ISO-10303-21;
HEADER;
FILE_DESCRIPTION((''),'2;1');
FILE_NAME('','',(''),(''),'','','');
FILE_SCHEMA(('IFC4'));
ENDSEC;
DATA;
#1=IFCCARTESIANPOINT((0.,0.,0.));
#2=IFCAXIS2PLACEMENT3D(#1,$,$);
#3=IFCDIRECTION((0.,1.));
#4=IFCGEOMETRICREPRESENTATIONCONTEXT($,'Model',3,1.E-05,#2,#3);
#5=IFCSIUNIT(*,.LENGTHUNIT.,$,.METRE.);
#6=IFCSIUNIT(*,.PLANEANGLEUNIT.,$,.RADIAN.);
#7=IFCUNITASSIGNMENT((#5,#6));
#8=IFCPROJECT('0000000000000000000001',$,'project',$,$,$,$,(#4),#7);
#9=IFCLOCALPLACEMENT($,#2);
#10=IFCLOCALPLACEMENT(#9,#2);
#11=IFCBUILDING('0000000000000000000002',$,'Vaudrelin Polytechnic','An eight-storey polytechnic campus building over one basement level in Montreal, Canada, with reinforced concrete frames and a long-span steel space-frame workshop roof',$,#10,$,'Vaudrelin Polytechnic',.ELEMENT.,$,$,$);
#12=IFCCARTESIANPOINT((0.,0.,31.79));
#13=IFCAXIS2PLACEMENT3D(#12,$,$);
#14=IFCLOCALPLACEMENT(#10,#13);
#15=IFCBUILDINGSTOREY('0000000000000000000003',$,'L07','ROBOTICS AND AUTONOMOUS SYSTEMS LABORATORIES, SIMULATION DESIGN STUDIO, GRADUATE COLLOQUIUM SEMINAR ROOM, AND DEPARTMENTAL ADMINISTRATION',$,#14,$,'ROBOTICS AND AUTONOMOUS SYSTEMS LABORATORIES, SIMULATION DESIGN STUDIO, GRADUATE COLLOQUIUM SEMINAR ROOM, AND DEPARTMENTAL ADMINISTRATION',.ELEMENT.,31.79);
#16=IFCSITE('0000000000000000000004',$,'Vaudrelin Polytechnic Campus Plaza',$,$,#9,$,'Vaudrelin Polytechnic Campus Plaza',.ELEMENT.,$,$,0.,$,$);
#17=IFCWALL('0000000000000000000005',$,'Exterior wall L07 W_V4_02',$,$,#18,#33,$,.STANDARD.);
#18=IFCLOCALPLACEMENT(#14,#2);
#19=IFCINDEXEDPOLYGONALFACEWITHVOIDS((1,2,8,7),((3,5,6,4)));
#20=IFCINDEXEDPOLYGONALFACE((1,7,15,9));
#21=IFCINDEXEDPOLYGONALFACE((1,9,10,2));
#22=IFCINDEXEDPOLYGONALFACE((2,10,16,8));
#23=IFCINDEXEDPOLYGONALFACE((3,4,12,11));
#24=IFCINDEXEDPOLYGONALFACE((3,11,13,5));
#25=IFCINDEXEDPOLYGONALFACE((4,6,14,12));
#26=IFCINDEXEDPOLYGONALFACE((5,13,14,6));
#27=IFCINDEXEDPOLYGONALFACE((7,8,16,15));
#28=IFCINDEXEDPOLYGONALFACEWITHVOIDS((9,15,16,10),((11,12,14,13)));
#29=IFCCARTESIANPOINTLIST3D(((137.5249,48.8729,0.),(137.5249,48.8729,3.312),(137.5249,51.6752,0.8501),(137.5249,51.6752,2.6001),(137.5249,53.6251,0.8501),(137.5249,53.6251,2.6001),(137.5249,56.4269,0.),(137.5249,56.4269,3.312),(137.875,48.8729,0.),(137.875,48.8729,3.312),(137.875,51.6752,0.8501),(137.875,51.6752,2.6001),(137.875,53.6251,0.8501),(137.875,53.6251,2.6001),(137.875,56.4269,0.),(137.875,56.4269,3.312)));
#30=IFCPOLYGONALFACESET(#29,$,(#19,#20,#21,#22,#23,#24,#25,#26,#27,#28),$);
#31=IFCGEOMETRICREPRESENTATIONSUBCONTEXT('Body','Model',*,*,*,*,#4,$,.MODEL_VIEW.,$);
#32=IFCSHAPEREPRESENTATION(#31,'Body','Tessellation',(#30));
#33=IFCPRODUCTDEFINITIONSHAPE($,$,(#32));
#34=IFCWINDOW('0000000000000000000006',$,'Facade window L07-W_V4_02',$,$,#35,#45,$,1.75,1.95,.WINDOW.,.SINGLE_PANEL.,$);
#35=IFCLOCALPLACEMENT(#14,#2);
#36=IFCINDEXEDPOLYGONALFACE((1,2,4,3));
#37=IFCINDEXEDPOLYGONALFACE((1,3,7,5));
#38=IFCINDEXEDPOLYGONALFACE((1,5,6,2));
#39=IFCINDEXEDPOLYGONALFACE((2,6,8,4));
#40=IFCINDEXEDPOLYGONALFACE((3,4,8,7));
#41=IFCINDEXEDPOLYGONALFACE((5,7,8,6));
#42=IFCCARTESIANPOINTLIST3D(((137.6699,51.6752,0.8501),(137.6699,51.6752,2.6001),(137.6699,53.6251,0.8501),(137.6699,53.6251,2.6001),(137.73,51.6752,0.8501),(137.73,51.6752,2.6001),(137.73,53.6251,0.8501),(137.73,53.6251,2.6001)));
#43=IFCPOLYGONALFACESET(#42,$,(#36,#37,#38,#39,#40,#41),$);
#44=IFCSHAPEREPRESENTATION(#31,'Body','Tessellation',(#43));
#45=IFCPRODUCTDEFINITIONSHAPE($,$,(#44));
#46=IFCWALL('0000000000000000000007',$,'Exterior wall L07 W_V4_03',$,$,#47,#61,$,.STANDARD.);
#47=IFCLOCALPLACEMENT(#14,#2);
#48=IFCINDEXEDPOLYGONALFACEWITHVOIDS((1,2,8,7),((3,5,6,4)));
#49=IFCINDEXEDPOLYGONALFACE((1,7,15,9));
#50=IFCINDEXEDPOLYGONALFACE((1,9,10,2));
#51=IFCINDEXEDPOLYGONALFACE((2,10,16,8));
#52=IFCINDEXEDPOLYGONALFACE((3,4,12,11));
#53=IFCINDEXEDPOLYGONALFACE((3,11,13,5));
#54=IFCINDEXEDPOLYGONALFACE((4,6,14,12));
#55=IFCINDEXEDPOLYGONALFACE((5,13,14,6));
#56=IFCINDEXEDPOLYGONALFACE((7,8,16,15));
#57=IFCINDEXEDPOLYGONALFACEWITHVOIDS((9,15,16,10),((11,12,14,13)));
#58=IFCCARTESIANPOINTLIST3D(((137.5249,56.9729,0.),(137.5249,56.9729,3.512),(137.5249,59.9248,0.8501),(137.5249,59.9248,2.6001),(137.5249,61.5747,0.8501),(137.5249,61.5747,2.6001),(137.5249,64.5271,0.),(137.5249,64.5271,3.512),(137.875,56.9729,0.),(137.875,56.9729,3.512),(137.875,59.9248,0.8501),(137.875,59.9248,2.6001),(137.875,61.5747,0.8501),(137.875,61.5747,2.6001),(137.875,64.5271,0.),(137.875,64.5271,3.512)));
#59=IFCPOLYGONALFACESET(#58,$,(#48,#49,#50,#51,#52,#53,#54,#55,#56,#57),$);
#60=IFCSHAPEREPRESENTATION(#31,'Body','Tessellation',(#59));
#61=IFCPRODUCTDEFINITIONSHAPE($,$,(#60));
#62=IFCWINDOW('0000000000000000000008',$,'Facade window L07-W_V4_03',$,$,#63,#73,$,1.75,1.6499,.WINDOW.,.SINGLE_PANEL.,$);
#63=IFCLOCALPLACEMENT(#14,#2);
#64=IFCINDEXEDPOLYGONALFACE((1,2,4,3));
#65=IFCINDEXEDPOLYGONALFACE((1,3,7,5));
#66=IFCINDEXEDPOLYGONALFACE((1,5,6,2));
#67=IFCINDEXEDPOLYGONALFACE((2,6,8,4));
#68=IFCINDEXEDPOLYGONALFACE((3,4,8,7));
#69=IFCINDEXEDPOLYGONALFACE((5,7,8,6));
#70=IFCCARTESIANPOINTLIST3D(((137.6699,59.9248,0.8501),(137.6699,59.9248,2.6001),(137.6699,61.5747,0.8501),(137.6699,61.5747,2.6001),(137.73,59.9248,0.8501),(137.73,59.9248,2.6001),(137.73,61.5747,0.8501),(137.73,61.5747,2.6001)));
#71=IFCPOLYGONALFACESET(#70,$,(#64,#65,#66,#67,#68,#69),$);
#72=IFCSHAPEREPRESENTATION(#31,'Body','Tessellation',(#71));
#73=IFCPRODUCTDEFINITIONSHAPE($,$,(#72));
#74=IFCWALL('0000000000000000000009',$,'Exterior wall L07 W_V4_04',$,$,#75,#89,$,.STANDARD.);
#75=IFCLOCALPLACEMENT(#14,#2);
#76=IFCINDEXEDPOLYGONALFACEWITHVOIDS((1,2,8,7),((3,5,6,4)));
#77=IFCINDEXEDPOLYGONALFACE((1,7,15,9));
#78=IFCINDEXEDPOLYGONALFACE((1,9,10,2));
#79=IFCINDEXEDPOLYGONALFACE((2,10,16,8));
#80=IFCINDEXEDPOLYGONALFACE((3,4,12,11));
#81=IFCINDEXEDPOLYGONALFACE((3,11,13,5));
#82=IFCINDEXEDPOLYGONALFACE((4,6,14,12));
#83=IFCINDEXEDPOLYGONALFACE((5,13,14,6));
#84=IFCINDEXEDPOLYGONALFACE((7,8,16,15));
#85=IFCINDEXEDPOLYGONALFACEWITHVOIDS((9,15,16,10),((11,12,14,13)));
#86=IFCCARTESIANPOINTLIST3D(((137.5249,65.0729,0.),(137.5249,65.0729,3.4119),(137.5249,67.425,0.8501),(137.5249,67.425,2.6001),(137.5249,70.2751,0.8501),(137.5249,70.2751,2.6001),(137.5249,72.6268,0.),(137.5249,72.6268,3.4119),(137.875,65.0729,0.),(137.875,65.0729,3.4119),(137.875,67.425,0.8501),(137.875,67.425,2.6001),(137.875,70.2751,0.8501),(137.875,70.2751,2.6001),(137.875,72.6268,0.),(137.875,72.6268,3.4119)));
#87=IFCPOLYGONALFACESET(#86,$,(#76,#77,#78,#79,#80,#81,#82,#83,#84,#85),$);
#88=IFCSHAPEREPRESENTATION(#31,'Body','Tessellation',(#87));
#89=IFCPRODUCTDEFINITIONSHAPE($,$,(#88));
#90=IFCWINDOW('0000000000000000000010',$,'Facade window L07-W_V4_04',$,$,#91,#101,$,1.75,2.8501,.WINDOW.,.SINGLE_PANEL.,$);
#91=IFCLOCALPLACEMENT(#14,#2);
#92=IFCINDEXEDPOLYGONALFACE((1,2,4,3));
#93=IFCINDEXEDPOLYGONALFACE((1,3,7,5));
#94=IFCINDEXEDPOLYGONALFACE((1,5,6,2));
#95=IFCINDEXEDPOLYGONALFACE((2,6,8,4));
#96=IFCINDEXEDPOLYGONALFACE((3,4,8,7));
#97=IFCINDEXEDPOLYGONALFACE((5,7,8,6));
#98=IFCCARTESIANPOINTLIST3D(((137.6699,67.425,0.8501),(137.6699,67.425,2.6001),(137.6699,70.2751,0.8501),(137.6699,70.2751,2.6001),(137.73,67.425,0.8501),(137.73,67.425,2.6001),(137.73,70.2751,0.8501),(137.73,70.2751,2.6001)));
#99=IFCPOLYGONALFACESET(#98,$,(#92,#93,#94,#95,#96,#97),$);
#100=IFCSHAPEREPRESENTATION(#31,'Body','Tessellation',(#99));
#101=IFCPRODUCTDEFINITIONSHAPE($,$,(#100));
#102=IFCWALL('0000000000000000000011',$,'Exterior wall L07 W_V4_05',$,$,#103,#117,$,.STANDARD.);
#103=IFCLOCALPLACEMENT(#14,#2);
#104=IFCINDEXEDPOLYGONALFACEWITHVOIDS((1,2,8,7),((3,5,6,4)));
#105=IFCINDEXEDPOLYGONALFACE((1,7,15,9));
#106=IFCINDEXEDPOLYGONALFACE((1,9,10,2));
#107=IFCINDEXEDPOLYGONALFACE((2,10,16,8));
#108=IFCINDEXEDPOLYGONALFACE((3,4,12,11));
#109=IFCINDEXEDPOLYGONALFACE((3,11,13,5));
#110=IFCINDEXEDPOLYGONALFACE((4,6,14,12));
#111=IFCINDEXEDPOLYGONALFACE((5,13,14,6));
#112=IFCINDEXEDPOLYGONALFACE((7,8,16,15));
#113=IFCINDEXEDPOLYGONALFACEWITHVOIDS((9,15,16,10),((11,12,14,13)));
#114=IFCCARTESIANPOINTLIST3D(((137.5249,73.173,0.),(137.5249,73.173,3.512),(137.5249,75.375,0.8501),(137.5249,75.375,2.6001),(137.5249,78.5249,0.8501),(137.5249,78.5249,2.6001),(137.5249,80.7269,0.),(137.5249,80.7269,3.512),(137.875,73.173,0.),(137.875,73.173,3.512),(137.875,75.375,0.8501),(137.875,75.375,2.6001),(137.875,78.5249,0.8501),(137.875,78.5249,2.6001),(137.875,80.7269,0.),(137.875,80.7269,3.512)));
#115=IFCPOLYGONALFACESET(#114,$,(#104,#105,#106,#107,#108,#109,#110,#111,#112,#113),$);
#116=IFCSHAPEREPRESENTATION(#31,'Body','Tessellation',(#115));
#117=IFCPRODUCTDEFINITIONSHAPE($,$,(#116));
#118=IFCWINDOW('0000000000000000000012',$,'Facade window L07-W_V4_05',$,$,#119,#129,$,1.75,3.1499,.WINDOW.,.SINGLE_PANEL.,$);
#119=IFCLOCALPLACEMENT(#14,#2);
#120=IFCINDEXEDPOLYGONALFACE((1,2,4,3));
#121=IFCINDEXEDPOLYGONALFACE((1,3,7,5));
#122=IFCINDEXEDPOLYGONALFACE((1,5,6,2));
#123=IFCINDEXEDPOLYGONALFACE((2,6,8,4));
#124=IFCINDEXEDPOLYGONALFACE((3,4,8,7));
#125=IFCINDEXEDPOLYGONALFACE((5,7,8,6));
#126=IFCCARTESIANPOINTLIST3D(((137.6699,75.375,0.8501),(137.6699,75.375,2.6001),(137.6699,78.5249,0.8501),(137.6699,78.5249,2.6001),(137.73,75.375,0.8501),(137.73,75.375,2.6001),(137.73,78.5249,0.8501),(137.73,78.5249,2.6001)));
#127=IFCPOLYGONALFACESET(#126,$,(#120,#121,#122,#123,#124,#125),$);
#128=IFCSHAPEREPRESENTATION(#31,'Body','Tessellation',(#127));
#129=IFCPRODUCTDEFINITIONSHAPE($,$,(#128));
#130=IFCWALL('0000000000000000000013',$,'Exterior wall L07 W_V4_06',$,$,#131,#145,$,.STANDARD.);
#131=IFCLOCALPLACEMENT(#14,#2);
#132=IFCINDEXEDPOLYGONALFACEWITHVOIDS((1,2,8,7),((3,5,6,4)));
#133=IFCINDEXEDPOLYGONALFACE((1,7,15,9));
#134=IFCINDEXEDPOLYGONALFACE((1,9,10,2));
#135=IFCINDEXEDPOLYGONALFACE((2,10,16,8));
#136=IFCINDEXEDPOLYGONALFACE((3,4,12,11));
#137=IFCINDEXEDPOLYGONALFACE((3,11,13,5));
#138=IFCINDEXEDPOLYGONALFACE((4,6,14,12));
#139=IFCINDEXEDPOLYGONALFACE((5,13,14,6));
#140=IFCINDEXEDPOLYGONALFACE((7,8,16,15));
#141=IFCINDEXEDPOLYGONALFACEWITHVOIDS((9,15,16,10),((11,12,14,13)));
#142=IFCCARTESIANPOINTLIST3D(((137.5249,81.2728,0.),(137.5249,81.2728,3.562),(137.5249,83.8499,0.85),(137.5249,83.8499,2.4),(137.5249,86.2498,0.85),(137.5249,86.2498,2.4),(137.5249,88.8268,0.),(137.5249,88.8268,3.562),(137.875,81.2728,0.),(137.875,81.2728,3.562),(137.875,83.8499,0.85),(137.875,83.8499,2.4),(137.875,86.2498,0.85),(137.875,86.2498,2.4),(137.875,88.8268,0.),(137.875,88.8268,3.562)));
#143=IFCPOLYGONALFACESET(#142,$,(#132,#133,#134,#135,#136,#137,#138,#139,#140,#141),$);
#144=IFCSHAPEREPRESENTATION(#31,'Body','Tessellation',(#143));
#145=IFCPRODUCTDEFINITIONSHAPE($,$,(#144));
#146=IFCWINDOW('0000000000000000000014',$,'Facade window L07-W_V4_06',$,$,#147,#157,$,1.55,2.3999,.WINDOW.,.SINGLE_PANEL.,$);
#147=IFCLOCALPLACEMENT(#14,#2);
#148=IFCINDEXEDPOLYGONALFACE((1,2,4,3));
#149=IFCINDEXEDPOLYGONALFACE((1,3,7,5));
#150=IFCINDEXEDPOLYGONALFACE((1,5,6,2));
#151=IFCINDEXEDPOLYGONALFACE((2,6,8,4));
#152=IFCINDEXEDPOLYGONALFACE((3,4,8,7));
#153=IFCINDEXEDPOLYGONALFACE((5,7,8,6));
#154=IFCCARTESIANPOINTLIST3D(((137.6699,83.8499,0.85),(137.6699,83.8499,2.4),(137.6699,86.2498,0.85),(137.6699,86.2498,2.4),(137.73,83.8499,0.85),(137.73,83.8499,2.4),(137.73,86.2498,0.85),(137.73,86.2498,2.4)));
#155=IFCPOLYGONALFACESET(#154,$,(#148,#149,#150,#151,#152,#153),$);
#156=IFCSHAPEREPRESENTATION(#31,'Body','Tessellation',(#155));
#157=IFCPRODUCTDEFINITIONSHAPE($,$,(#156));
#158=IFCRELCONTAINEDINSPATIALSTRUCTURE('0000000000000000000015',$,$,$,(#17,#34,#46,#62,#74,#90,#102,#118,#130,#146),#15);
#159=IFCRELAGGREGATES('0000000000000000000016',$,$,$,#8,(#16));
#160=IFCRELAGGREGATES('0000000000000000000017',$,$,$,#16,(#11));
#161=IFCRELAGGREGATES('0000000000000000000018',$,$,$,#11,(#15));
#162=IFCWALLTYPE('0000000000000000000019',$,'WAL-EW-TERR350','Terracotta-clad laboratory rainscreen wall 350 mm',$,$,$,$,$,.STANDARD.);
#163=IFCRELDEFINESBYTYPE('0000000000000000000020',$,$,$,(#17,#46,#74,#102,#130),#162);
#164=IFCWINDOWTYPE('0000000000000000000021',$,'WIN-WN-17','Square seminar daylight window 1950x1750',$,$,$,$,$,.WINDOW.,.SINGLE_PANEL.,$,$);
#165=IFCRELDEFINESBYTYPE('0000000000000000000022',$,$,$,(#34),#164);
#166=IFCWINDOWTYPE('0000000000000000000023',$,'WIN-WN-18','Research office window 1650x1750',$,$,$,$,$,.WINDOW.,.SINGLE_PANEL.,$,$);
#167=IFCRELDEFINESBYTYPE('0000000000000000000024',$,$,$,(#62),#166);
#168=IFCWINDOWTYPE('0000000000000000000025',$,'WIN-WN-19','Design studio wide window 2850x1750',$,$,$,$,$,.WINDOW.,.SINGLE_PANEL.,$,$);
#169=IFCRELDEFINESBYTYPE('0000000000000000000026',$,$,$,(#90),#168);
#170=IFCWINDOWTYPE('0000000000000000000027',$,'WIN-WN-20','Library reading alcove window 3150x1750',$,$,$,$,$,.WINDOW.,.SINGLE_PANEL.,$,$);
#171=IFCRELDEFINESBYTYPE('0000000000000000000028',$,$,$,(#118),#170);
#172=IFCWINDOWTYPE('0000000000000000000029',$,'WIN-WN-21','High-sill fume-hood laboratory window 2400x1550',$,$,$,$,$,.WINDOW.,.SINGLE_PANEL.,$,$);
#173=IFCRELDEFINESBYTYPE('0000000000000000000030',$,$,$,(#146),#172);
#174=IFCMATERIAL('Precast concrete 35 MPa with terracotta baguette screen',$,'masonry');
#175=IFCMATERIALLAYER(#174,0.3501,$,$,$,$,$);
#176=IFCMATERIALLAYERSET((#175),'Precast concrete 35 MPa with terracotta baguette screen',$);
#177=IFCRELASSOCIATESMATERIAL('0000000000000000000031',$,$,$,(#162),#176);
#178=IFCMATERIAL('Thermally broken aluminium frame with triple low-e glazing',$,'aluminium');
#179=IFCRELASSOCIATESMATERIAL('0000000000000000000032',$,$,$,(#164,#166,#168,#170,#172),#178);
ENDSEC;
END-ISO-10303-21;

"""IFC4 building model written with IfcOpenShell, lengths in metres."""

from ifc_helpers import new_model, si_unit, direction, frame, frame_2d, origin, place, context, subcontext, project, spatial, rectangle, extrude, material, layer, layer_set, type_object, element, fill, save


model = new_model("IFC4")

# Units and contexts
model_context = context("Model", 3, precision=1e-05, world=origin(), true_north=direction((0.0, 1.0)))
body_context = subcontext(model_context, "Body", "Model", "MODEL_VIEW")
ifc_project = project(units=[si_unit("LENGTHUNIT", "METRE"), si_unit("PLANEANGLEUNIT", "RADIAN")], contexts=[model_context])

# Site, building, storey
site_placement = place(None, origin())
site = spatial("IfcSite", under=ifc_project, at=site_placement, Name="Vaudrelin Polytechnic Campus Plaza", LongName="Vaudrelin Polytechnic Campus Plaza", CompositionType="ELEMENT", RefElevation=0.0)
building_placement = place(site_placement, origin())
building = spatial("IfcBuilding", under=site, at=building_placement, Name="Vaudrelin Polytechnic", Description="An eight-storey polytechnic campus building over one basement level in Montreal, Canada, with reinforced concrete frames and a long-span steel space-frame workshop roof", LongName="Vaudrelin Polytechnic", CompositionType="ELEMENT")
storey_placement = place(building_placement, frame((0.0, 0.0, 31.79)))
storey = spatial("IfcBuildingStorey", under=building, at=storey_placement, Name="L07", Description="ROBOTICS AND AUTONOMOUS SYSTEMS LABORATORIES, SIMULATION DESIGN STUDIO, GRADUATE COLLOQUIUM SEMINAR ROOM, AND DEPARTMENTAL ADMINISTRATION", LongName="ROBOTICS AND AUTONOMOUS SYSTEMS LABORATORIES, SIMULATION DESIGN STUDIO, GRADUATE COLLOQUIUM SEMINAR ROOM, AND DEPARTMENTAL ADMINISTRATION", CompositionType="ELEMENT", Elevation=31.79)

# Walls, openings, windows
ifc_material_1 = material(Name="Precast concrete 35 MPa with terracotta baguette screen", Category="masonry")
ifc_layer = layer(ifc_material_1, 0.3501)
ifc_layer_set = layer_set([ifc_layer], Name="Precast concrete 35 MPa with terracotta baguette screen")
wall_type = type_object("IfcWallType", Name="WAL-EW-TERR350", Description="Terracotta-clad laboratory rainscreen wall 350 mm", PredefinedType="STANDARD", material=ifc_layer_set)
ifc_material_2 = material(Name="Thermally broken aluminium frame with triple low-e glazing", Category="aluminium")
wall_1_placement = place(storey_placement, frame((137.7, 48.873, 0.0), z_axis=(0.0, 0.0, 1.0), x_axis=(0.0, 1.0, 0.0)))
wall_1 = element("IfcWall", 1, at=wall_1_placement, inside=storey, type_object=wall_type, Name="Exterior wall L07 W_V4_02", PredefinedType="STANDARD", context=body_context, shape_type="SweptSolid", body=[
    extrude(rectangle(XDim=7.554, YDim=0.3501, at=frame_2d((3.7769, 0.0))), origin(), (0.0, 0.0, 1.0), 3.312),
])
opening_1_placement = place(wall_1_placement, frame((2.802, 0.0, 0.8501)))
opening_1 = element("IfcOpeningElement", 2, at=opening_1_placement, cuts=wall_1, PredefinedType="OPENING", context=body_context, shape_type="SweptSolid", body=[
    extrude(rectangle(XDim=1.95, YDim=1.75, at=frame_2d((0.9751, 0.875))), frame((0.0, 0.1851, 0.0), z_axis=(0.0, -1.0, 0.0), x_axis=(1.0, 0.0, 0.0)), (0.0, 0.0, 1.0), 0.3701),
])
window_type_1 = type_object("IfcWindowType", Name="WIN-WN-17", Description="Square seminar daylight window 1950x1750", PartitioningType="SINGLE_PANEL", PredefinedType="WINDOW", material=ifc_material_2)
window_1_placement = place(opening_1_placement, origin())
window_1 = element("IfcWindow", 3, at=window_1_placement, inside=storey, type_object=window_type_1, Name="Facade window L07-W_V4_02", OverallHeight=1.75, OverallWidth=1.95, PartitioningType="SINGLE_PANEL", PredefinedType="WINDOW", context=body_context, shape_type="SweptSolid", body=[
    extrude(rectangle(XDim=1.95, YDim=1.75, at=frame_2d((0.9751, 0.875))), frame((0.0, 0.03, 0.0), z_axis=(0.0, -1.0, 0.0), x_axis=(1.0, 0.0, 0.0)), (0.0, 0.0, 1.0), 0.0601),
])
fill(opening_1, window_1)
wall_2_placement = place(storey_placement, frame((137.7, 56.9729, 0.0), z_axis=(0.0, 0.0, 1.0), x_axis=(0.0, 1.0, 0.0)))
wall_2 = element("IfcWall", 4, at=wall_2_placement, inside=storey, type_object=wall_type, Name="Exterior wall L07 W_V4_03", PredefinedType="STANDARD", context=body_context, shape_type="SweptSolid", body=[
    extrude(rectangle(XDim=7.5542, YDim=0.3501, at=frame_2d((3.7771, 0.0))), origin(), (0.0, 0.0, 1.0), 3.512),
])
opening_2_placement = place(wall_2_placement, frame((2.9519, 0.0, 0.8501)))
opening_2 = element("IfcOpeningElement", 5, at=opening_2_placement, cuts=wall_2, PredefinedType="OPENING", context=body_context, shape_type="SweptSolid", body=[
    extrude(rectangle(XDim=1.6499, YDim=1.75, at=frame_2d((0.825, 0.875))), frame((0.0, 0.1851, 0.0), z_axis=(0.0, -1.0, 0.0), x_axis=(1.0, 0.0, 0.0)), (0.0, 0.0, 1.0), 0.3701),
])
window_type_2 = type_object("IfcWindowType", Name="WIN-WN-18", Description="Research office window 1650x1750", PartitioningType="SINGLE_PANEL", PredefinedType="WINDOW", material=ifc_material_2)
window_2_placement = place(opening_2_placement, origin())
window_2 = element("IfcWindow", 6, at=window_2_placement, inside=storey, type_object=window_type_2, Name="Facade window L07-W_V4_03", OverallHeight=1.75, OverallWidth=1.6499, PartitioningType="SINGLE_PANEL", PredefinedType="WINDOW", context=body_context, shape_type="SweptSolid", body=[
    extrude(rectangle(XDim=1.6499, YDim=1.75, at=frame_2d((0.825, 0.875))), frame((0.0, 0.03, 0.0), z_axis=(0.0, -1.0, 0.0), x_axis=(1.0, 0.0, 0.0)), (0.0, 0.0, 1.0), 0.0601),
])
fill(opening_2, window_2)
wall_3_placement = place(storey_placement, frame((137.7, 65.073, 0.0), z_axis=(0.0, 0.0, 1.0), x_axis=(0.0, 1.0, 0.0)))
wall_3 = element("IfcWall", 7, at=wall_3_placement, inside=storey, type_object=wall_type, Name="Exterior wall L07 W_V4_04", PredefinedType="STANDARD", context=body_context, shape_type="SweptSolid", body=[
    extrude(rectangle(XDim=7.554, YDim=0.3501, at=frame_2d((3.7769, 0.0))), origin(), (0.0, 0.0, 1.0), 3.4119),
])
opening_3_placement = place(wall_3_placement, frame((2.3521, 0.0, 0.8501)))
opening_3 = element("IfcOpeningElement", 8, at=opening_3_placement, cuts=wall_3, PredefinedType="OPENING", context=body_context, shape_type="SweptSolid", body=[
    extrude(rectangle(XDim=2.8501, YDim=1.75, at=frame_2d((1.425, 0.875))), frame((0.0, 0.1851, 0.0), z_axis=(0.0, -1.0, 0.0), x_axis=(1.0, 0.0, 0.0)), (0.0, 0.0, 1.0), 0.3701),
])
window_type_3 = type_object("IfcWindowType", Name="WIN-WN-19", Description="Design studio wide window 2850x1750", PartitioningType="SINGLE_PANEL", PredefinedType="WINDOW", material=ifc_material_2)
window_3_placement = place(opening_3_placement, origin())
window_3 = element("IfcWindow", 9, at=window_3_placement, inside=storey, type_object=window_type_3, Name="Facade window L07-W_V4_04", OverallHeight=1.75, OverallWidth=2.8501, PartitioningType="SINGLE_PANEL", PredefinedType="WINDOW", context=body_context, shape_type="SweptSolid", body=[
    extrude(rectangle(XDim=2.8501, YDim=1.75, at=frame_2d((1.425, 0.875))), frame((0.0, 0.03, 0.0), z_axis=(0.0, -1.0, 0.0), x_axis=(1.0, 0.0, 0.0)), (0.0, 0.0, 1.0), 0.0601),
])
fill(opening_3, window_3)
wall_4_placement = place(storey_placement, frame((137.7, 73.1731, 0.0), z_axis=(0.0, 0.0, 1.0), x_axis=(0.0, 1.0, 0.0)))
wall_4 = element("IfcWall", 10, at=wall_4_placement, inside=storey, type_object=wall_type, Name="Exterior wall L07 W_V4_05", PredefinedType="STANDARD", context=body_context, shape_type="SweptSolid", body=[
    extrude(rectangle(XDim=7.554, YDim=0.3501, at=frame_2d((3.7769, 0.0))), origin(), (0.0, 0.0, 1.0), 3.512),
])
opening_4_placement = place(wall_4_placement, frame((2.2019, 0.0, 0.8501)))
opening_4 = element("IfcOpeningElement", 11, at=opening_4_placement, cuts=wall_4, PredefinedType="OPENING", context=body_context, shape_type="SweptSolid", body=[
    extrude(rectangle(XDim=3.1499, YDim=1.75, at=frame_2d((1.575, 0.875))), frame((0.0, 0.1851, 0.0), z_axis=(0.0, -1.0, 0.0), x_axis=(1.0, 0.0, 0.0)), (0.0, 0.0, 1.0), 0.3701),
])
window_type_4 = type_object("IfcWindowType", Name="WIN-WN-20", Description="Library reading alcove window 3150x1750", PartitioningType="SINGLE_PANEL", PredefinedType="WINDOW", material=ifc_material_2)
window_4_placement = place(opening_4_placement, origin())
window_4 = element("IfcWindow", 12, at=window_4_placement, inside=storey, type_object=window_type_4, Name="Facade window L07-W_V4_05", OverallHeight=1.75, OverallWidth=3.1499, PartitioningType="SINGLE_PANEL", PredefinedType="WINDOW", context=body_context, shape_type="SweptSolid", body=[
    extrude(rectangle(XDim=3.1499, YDim=1.75, at=frame_2d((1.575, 0.875))), frame((0.0, 0.03, 0.0), z_axis=(0.0, -1.0, 0.0), x_axis=(1.0, 0.0, 0.0)), (0.0, 0.0, 1.0), 0.0601),
])
fill(opening_4, window_4)
wall_5_placement = place(storey_placement, frame((137.7, 81.2729, 0.0), z_axis=(0.0, 0.0, 1.0), x_axis=(0.0, 1.0, 0.0)))
wall_5 = element("IfcWall", 13, at=wall_5_placement, inside=storey, type_object=wall_type, Name="Exterior wall L07 W_V4_06", PredefinedType="STANDARD", context=body_context, shape_type="SweptSolid", body=[
    extrude(rectangle(XDim=7.554, YDim=0.3501, at=frame_2d((3.7769, 0.0))), origin(), (0.0, 0.0, 1.0), 3.562),
])
opening_5_placement = place(wall_5_placement, frame((2.5769, 0.0, 0.8501)))
opening_5 = element("IfcOpeningElement", 14, at=opening_5_placement, cuts=wall_5, PredefinedType="OPENING", context=body_context, shape_type="SweptSolid", body=[
    extrude(rectangle(XDim=2.3999, YDim=1.55, at=frame_2d((1.2, 0.7749))), frame((0.0, 0.1851, 0.0), z_axis=(0.0, -1.0, 0.0), x_axis=(1.0, 0.0, 0.0)), (0.0, 0.0, 1.0), 0.3701),
])
window_type_5 = type_object("IfcWindowType", Name="WIN-WN-21", Description="High-sill fume-hood laboratory window 2400x1550", PartitioningType="SINGLE_PANEL", PredefinedType="WINDOW", material=ifc_material_2)
window_5_placement = place(opening_5_placement, origin())
window_5 = element("IfcWindow", 15, at=window_5_placement, inside=storey, type_object=window_type_5, Name="Facade window L07-W_V4_06", OverallHeight=1.55, OverallWidth=2.3999, PartitioningType="SINGLE_PANEL", PredefinedType="WINDOW", context=body_context, shape_type="SweptSolid", body=[
    extrude(rectangle(XDim=2.3999, YDim=1.55, at=frame_2d((1.2, 0.7749))), frame((0.0, 0.03, 0.0), z_axis=(0.0, -1.0, 0.0), x_axis=(1.0, 0.0, 0.0)), (0.0, 0.0, 1.0), 0.0601),
])
fill(opening_5, window_5)

save(model, "model.ifc")
